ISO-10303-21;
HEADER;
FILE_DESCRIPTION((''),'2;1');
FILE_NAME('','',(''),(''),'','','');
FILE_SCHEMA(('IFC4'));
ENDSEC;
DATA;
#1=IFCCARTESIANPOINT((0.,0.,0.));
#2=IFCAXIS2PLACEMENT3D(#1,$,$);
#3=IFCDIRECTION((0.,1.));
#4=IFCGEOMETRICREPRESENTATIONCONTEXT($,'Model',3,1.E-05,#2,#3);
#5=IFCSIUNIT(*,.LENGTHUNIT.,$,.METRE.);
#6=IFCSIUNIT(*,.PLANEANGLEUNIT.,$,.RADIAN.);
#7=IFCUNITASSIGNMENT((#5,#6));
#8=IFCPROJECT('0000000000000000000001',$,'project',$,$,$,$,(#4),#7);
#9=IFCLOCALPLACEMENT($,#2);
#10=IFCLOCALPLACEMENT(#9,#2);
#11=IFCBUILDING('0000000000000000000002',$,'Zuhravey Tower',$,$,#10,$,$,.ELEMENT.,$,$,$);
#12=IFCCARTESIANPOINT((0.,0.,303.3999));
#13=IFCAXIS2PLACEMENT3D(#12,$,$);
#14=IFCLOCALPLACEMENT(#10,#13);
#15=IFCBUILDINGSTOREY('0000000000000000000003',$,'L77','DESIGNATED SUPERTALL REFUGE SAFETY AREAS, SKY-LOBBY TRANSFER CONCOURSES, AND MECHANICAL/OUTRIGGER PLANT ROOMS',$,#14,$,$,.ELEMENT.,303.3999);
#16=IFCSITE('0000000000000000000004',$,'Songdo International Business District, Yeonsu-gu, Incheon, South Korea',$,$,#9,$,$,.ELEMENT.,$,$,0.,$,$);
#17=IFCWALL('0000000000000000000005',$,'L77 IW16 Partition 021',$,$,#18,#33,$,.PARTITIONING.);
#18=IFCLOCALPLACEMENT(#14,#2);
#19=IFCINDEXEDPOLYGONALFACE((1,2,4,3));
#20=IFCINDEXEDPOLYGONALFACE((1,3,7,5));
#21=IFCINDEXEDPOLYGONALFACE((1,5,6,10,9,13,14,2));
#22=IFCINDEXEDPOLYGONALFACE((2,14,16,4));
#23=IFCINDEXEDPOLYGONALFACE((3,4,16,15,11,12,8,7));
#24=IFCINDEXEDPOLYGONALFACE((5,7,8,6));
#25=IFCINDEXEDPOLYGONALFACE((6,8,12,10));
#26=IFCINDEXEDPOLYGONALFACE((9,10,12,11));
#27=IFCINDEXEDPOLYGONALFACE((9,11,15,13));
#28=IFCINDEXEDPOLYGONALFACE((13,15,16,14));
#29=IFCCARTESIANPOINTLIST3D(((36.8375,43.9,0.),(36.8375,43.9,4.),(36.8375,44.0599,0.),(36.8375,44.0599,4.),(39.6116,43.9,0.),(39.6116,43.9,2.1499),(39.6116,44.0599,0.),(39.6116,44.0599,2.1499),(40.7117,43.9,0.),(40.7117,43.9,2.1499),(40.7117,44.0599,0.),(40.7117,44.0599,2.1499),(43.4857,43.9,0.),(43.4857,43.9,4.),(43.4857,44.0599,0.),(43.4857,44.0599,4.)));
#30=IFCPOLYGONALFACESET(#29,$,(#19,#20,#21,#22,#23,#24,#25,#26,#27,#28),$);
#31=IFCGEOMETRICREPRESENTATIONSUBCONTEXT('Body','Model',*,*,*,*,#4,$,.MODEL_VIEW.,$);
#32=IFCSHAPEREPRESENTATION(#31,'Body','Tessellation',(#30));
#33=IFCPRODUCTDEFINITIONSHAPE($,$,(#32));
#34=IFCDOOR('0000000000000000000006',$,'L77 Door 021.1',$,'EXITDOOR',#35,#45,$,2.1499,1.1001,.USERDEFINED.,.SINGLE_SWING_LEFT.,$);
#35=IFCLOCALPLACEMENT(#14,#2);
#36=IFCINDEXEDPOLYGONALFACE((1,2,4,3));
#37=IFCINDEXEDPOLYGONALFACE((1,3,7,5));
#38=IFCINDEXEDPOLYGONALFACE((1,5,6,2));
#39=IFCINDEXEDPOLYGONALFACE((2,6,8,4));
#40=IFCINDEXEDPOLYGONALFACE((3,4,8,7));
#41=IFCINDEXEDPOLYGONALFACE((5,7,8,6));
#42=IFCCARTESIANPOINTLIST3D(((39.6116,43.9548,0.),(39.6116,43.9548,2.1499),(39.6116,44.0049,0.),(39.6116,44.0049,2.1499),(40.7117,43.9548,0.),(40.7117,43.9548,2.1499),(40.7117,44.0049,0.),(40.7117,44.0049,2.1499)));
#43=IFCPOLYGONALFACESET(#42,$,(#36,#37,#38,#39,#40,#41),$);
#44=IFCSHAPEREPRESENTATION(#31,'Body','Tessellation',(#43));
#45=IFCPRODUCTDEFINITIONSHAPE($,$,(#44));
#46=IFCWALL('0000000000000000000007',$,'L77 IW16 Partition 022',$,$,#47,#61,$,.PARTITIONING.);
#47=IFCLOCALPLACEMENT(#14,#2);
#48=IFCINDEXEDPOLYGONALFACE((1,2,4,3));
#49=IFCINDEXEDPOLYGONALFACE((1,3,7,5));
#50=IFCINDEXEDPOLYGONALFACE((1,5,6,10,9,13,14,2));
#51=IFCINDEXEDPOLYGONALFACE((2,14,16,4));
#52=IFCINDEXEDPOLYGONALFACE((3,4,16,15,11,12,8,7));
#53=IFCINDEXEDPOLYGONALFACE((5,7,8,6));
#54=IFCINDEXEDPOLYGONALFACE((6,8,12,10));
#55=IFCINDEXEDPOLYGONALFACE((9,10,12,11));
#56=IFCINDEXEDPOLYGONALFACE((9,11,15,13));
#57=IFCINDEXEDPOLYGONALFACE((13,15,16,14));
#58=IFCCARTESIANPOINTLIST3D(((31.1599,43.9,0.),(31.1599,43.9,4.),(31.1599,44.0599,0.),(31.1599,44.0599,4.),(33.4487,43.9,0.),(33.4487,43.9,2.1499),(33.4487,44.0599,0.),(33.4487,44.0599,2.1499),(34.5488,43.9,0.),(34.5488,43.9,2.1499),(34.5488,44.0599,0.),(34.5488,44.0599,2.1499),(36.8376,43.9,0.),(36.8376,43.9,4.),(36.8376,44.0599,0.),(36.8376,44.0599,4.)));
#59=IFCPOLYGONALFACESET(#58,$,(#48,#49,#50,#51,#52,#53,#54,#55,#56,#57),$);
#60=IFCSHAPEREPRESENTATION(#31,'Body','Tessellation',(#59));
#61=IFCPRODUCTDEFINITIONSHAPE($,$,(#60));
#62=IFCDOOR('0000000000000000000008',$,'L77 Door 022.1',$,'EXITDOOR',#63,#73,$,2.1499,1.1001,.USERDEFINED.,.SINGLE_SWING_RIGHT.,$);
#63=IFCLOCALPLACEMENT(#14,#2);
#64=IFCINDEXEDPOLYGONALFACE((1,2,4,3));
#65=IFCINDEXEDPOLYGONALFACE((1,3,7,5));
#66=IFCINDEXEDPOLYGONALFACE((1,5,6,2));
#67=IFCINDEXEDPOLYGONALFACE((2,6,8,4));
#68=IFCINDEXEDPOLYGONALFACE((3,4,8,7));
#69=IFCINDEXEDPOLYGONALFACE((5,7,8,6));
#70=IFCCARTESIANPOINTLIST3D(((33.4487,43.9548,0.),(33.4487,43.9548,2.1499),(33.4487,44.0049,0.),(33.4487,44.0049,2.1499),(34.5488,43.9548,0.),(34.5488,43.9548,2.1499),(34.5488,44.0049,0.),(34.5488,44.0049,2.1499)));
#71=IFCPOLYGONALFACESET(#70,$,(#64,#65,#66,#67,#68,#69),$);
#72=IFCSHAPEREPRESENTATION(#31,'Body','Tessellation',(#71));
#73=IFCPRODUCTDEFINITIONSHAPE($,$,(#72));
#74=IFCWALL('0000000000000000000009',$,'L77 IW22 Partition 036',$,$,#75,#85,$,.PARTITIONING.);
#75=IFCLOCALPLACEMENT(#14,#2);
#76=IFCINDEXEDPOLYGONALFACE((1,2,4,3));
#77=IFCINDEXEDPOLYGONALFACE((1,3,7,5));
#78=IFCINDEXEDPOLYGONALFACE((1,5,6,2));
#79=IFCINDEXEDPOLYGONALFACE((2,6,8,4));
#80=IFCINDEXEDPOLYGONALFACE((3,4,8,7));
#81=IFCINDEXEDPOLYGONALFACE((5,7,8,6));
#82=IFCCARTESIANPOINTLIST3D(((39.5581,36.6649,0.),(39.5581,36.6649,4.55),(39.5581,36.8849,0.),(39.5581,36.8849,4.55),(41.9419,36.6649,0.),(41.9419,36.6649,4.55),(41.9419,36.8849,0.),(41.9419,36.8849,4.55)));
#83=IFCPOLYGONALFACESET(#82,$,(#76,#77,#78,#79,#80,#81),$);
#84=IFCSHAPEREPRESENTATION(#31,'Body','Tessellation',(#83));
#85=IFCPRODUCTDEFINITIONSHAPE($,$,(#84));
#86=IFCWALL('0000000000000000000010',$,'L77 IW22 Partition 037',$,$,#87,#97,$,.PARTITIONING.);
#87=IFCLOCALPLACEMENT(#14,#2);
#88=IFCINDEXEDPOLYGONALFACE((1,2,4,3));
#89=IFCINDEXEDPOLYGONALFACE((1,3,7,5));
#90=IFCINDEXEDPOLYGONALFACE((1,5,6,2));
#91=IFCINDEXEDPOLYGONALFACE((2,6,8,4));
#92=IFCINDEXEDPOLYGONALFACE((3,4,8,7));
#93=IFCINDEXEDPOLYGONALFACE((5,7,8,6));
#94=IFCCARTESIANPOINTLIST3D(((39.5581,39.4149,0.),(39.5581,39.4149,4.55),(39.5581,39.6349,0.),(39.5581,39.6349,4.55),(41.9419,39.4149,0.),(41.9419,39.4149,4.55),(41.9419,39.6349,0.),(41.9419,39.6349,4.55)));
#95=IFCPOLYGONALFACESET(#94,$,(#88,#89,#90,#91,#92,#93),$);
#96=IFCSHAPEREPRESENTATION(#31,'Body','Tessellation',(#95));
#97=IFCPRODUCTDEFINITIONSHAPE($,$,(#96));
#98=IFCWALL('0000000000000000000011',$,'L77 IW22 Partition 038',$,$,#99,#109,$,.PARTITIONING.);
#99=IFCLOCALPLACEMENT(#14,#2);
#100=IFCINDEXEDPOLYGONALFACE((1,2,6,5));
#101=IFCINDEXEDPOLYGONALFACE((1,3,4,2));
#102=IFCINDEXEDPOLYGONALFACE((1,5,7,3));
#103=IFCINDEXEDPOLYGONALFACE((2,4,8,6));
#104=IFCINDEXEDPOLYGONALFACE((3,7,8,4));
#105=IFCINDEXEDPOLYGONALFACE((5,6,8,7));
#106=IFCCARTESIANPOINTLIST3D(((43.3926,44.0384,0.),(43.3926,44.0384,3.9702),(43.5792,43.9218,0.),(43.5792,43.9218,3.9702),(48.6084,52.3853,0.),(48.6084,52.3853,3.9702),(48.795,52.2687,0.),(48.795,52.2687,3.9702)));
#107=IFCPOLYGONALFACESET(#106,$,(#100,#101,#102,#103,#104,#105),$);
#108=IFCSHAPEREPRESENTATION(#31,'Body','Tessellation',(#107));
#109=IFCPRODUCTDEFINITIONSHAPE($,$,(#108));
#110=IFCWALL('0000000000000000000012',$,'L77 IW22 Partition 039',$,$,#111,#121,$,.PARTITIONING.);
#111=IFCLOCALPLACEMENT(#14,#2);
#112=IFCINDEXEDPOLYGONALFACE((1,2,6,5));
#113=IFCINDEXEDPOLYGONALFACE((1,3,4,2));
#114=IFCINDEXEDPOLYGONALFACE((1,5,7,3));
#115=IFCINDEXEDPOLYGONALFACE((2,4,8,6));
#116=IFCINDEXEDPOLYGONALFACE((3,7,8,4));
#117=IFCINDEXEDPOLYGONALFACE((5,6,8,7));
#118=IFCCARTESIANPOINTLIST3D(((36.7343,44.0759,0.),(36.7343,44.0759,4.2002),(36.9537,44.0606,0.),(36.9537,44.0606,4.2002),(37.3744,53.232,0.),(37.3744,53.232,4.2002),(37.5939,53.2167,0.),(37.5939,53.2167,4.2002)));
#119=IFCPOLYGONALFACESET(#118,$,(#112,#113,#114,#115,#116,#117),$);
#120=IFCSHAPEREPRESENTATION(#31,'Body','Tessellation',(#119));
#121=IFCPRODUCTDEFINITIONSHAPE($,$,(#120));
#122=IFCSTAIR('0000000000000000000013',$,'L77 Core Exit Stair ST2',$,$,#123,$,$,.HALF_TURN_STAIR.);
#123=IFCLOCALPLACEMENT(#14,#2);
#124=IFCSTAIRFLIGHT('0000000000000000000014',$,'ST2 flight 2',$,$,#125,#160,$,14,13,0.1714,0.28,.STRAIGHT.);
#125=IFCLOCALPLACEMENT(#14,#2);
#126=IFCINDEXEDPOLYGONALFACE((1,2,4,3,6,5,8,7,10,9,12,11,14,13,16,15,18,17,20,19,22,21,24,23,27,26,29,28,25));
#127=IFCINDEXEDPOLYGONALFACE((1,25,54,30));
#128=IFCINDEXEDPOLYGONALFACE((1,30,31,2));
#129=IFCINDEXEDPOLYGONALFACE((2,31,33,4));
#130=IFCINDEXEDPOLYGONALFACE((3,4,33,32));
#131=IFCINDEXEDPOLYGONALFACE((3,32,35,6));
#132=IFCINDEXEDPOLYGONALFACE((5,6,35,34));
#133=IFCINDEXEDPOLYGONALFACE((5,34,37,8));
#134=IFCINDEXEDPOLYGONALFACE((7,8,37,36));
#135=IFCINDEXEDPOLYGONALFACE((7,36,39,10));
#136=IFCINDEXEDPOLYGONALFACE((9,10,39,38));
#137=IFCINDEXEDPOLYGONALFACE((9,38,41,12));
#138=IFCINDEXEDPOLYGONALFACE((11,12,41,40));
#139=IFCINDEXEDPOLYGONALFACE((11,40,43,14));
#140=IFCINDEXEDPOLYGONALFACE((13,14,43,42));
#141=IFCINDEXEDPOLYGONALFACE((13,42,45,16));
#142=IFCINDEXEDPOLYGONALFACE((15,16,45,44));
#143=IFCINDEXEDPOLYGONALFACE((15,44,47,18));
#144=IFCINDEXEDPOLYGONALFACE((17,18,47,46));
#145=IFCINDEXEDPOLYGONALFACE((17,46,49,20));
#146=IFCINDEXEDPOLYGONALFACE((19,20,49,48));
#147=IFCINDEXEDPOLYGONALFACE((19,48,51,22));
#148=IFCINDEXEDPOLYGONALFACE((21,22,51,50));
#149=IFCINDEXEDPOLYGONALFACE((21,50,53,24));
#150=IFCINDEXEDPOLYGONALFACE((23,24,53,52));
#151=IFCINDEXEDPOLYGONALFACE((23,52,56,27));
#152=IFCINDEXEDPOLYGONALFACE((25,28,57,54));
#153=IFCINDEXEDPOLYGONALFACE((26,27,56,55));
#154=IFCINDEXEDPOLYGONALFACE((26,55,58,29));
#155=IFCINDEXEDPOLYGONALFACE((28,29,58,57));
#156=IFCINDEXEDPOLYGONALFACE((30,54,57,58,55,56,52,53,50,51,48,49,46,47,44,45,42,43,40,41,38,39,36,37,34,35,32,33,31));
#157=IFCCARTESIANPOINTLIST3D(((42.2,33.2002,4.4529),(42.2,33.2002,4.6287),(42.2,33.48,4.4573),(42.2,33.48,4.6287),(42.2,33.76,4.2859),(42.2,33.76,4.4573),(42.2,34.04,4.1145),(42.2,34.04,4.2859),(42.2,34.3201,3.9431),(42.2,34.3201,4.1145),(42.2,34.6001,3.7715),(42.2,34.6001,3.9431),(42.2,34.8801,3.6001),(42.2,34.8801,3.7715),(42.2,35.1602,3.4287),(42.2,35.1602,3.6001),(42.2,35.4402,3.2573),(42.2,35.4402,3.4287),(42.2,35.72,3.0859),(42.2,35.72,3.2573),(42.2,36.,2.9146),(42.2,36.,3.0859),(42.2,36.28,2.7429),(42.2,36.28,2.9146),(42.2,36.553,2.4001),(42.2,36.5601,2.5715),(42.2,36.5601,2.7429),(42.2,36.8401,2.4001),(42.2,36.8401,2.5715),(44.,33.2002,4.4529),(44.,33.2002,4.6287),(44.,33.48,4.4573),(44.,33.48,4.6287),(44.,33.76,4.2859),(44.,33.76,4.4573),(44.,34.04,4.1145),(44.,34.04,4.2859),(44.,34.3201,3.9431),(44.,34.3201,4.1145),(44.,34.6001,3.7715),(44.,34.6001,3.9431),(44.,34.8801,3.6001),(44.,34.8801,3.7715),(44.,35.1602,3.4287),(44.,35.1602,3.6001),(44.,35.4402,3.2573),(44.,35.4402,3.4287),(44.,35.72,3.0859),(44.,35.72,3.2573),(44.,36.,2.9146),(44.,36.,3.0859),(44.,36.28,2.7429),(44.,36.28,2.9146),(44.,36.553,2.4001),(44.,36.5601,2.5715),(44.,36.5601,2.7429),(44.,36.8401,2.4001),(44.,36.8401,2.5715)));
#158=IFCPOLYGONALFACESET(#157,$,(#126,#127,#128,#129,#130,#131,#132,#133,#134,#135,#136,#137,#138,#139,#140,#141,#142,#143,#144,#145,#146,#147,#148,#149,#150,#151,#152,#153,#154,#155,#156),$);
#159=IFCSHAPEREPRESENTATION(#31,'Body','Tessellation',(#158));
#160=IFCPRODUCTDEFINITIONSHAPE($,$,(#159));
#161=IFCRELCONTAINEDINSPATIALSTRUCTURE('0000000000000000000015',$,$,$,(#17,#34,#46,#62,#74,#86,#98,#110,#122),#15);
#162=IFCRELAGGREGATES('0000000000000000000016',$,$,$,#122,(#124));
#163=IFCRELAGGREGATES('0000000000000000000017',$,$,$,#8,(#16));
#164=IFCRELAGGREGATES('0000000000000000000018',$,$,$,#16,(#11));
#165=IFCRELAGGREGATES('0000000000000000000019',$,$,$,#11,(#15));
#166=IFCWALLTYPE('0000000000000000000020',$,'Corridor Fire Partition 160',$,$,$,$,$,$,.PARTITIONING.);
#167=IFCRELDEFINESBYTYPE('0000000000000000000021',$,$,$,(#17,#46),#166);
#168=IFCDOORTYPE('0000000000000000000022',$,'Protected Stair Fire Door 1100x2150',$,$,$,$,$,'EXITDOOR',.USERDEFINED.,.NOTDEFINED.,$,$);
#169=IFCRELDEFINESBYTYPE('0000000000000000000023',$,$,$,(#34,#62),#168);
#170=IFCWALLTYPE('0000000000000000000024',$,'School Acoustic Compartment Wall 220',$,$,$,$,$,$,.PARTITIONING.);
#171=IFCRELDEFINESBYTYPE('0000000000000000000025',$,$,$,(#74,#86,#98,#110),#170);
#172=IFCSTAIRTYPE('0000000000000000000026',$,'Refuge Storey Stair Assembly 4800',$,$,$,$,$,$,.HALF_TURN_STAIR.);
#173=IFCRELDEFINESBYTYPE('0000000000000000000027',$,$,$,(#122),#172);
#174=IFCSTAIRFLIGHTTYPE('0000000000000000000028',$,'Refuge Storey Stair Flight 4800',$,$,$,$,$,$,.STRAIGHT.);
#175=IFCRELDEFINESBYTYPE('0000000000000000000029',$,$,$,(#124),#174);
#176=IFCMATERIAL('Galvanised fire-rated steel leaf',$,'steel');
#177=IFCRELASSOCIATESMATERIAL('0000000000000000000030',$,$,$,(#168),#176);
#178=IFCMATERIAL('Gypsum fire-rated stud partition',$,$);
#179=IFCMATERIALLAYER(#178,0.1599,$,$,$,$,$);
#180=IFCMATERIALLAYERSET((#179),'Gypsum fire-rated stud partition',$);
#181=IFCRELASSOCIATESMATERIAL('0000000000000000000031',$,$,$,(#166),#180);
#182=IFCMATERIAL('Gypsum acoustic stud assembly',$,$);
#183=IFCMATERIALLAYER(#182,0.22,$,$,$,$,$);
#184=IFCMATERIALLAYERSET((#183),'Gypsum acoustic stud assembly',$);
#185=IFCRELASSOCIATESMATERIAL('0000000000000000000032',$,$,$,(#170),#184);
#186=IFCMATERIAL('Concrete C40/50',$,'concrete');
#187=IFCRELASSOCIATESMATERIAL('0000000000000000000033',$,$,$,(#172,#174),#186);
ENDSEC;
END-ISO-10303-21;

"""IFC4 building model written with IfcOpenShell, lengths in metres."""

from ifc_helpers import new_model, si_unit, direction, frame, frame_2d, origin, place, context, subcontext, project, spatial, polyline, rectangle, outline, extrude, material, layer, layer_set, type_object, element, fill, aggregate, save


model = new_model("IFC4")

# Units and contexts
model_context = context("Model", 3, precision=1e-05, world=origin(), true_north=direction((0.0, 1.0)))
body_context = subcontext(model_context, "Body", "Model", "MODEL_VIEW")
ifc_project = project(units=[si_unit("LENGTHUNIT", "METRE"), si_unit("PLANEANGLEUNIT", "RADIAN")], contexts=[model_context])

# Site, building, storey
site_placement = place(None, origin())
site = spatial("IfcSite", under=ifc_project, at=site_placement, Name="Songdo International Business District, Yeonsu-gu, Incheon, South Korea", CompositionType="ELEMENT", RefElevation=0.0)
building_placement = place(site_placement, origin())
building = spatial("IfcBuilding", under=site, at=building_placement, Name="Zuhravey Tower", CompositionType="ELEMENT")
storey_placement = place(building_placement, frame((0.0, 0.0, 303.3999)))
storey = spatial("IfcBuildingStorey", under=building, at=storey_placement, Name="L77", Description="DESIGNATED SUPERTALL REFUGE SAFETY AREAS, SKY-LOBBY TRANSFER CONCOURSES, AND MECHANICAL/OUTRIGGER PLANT ROOMS", CompositionType="ELEMENT", Elevation=303.3999)

# Walls, openings, doors
ifc_material_1 = material(Name="Galvanised fire-rated steel leaf", Category="steel")
door_type_1 = type_object("IfcDoorType", Name="Protected Stair Fire Door 1100x2150", ElementType="EXITDOOR", OperationType="NOTDEFINED", PredefinedType="USERDEFINED", material=ifc_material_1)
ifc_material_2 = material(Name="Gypsum fire-rated stud partition")
ifc_layer_1 = layer(ifc_material_2, 0.1599)
ifc_layer_set_1 = layer_set([ifc_layer_1], Name="Gypsum fire-rated stud partition")
wall_type_1 = type_object("IfcWallType", Name="Corridor Fire Partition 160", PredefinedType="PARTITIONING", material=ifc_layer_set_1)
wall_1_placement = place(storey_placement, frame((43.4858, 43.98, 0.0), z_axis=(0.0, 0.0, 1.0), x_axis=(-1.0, 0.0, 0.0)))
wall_1 = element("IfcWall", 1, at=wall_1_placement, inside=storey, type_object=wall_type_1, Name="L77 IW16 Partition 021", PredefinedType="PARTITIONING", context=body_context, shape_type="SweptSolid", body=[
    extrude(rectangle(XDim=6.6482, YDim=0.1599, at=frame_2d((3.3242, 0.0))), origin(), (0.0, 0.0, 1.0), 4.0),
])
opening_1_placement = place(wall_1_placement, frame((2.7742, 0.0, 0.0)))
opening_1 = element("IfcOpeningElement", 2, at=opening_1_placement, cuts=wall_1, PredefinedType="OPENING", context=body_context, shape_type="SweptSolid", body=[
    extrude(rectangle(XDim=1.1001, YDim=2.1499, at=frame_2d((0.55, 1.075))), frame((0.0, 0.092, 0.0), z_axis=(0.0, -1.0, 0.0), x_axis=(1.0, 0.0, 0.0)), (0.0, 0.0, 1.0), 0.1838),
])
door_1_placement = place(opening_1_placement, frame((1.1001, 0.0, 0.0), z_axis=(0.0, 0.0, 1.0), x_axis=(-1.0, 0.0, 0.0)))
door_1 = element("IfcDoor", 3, at=door_1_placement, inside=storey, type_object=door_type_1, Name="L77 Door 021.1", ObjectType="EXITDOOR", OperationType="SINGLE_SWING_LEFT", OverallHeight=2.1499, OverallWidth=1.1001, PredefinedType="USERDEFINED", context=body_context, shape_type="SweptSolid", body=[
    extrude(rectangle(XDim=1.1001, YDim=2.1499, at=frame_2d((0.55, 1.075))), frame((0.0, 0.0249, 0.0), z_axis=(0.0, -1.0, 0.0), x_axis=(1.0, 0.0, 0.0)), (0.0, 0.0, 1.0), 0.05),
])
fill(opening_1, door_1)
wall_2_placement = place(storey_placement, frame((36.8376, 43.98, 0.0), z_axis=(0.0, 0.0, 1.0), x_axis=(-1.0, 0.0, 0.0)))
wall_2 = element("IfcWall", 4, at=wall_2_placement, inside=storey, type_object=wall_type_1, Name="L77 IW16 Partition 022", PredefinedType="PARTITIONING", context=body_context, shape_type="SweptSolid", body=[
    extrude(rectangle(XDim=5.6777, YDim=0.1599, at=frame_2d((2.8389, 0.0))), origin(), (0.0, 0.0, 1.0), 4.0),
])
opening_2_placement = place(wall_2_placement, frame((2.2888, 0.0, 0.0)))
opening_2 = element("IfcOpeningElement", 5, at=opening_2_placement, cuts=wall_2, PredefinedType="OPENING", context=body_context, shape_type="SweptSolid", body=[
    extrude(rectangle(XDim=1.1001, YDim=2.1499, at=frame_2d((0.55, 1.075))), frame((0.0, 0.092, 0.0), z_axis=(0.0, -1.0, 0.0), x_axis=(1.0, 0.0, 0.0)), (0.0, 0.0, 1.0), 0.1838),
])
door_2_placement = place(opening_2_placement, frame((1.1001, 0.0, 0.0), z_axis=(0.0, 0.0, 1.0), x_axis=(-1.0, 0.0, 0.0)))
door_2 = element("IfcDoor", 6, at=door_2_placement, inside=storey, type_object=door_type_1, Name="L77 Door 022.1", ObjectType="EXITDOOR", OperationType="SINGLE_SWING_RIGHT", OverallHeight=2.1499, OverallWidth=1.1001, PredefinedType="USERDEFINED", context=body_context, shape_type="SweptSolid", body=[
    extrude(rectangle(XDim=1.1001, YDim=2.1499, at=frame_2d((0.55, 1.075))), frame((0.0, 0.0249, 0.0), z_axis=(0.0, -1.0, 0.0), x_axis=(1.0, 0.0, 0.0)), (0.0, 0.0, 1.0), 0.05),
])
fill(opening_2, door_2)

# Walls
ifc_material_3 = material(Name="Gypsum acoustic stud assembly")
ifc_layer_2 = layer(ifc_material_3, 0.22)
ifc_layer_set_2 = layer_set([ifc_layer_2], Name="Gypsum acoustic stud assembly")
wall_type_2 = type_object("IfcWallType", Name="School Acoustic Compartment Wall 220", PredefinedType="PARTITIONING", material=ifc_layer_set_2)
for number, where, z_axis, x_axis, name in (
    (7, (39.5581, 36.7749, 0.0), (0.0, 0.0, 1.0), (1.0, 0.0, 0.0), "L77 IW22 Partition 036"),
    (8, (39.5581, 39.5249, 0.0), (0.0, 0.0, 1.0), (1.0, 0.0, 0.0), "L77 IW22 Partition 037"),
):
    element("IfcWall", number, at=place(storey_placement, frame(where, z_axis=z_axis, x_axis=x_axis)), inside=storey, type_object=wall_type_2, Name=name, PredefinedType="PARTITIONING", context=body_context, shape_type="SweptSolid", body=[
        extrude(rectangle(XDim=2.3838, YDim=0.22, at=frame_2d((1.1919, 0.0))), origin(), (0.0, 0.0, 1.0), 4.55),
    ])
wall_3_placement = place(storey_placement, frame((43.4858, 43.98, 0.0), z_axis=(0.0, 0.0, 1.0), x_axis=(0.529925, 0.848044, 0.0)))
element("IfcWall", 9, at=wall_3_placement, inside=storey, type_object=wall_type_2, Name="L77 IW22 Partition 038", PredefinedType="PARTITIONING", context=body_context, shape_type="SweptSolid", body=[
    extrude(rectangle(XDim=9.8425, YDim=0.22, at=frame_2d((4.9214, 0.0))), origin(), (0.0, 0.0, 1.0), 3.9702),
])
wall_4_placement = place(storey_placement, frame((36.844, 44.0681, 0.0), z_axis=(0.0, 0.0, 1.0), x_axis=(0.069744, 0.997565, 0.0)))
element("IfcWall", 10, at=wall_4_placement, inside=storey, type_object=wall_type_2, Name="L77 IW22 Partition 039", PredefinedType="PARTITIONING", context=body_context, shape_type="SweptSolid", body=[
    extrude(rectangle(XDim=9.1785, YDim=0.22, at=frame_2d((4.5894, 0.0))), origin(), (0.0, 0.0, 1.0), 4.2002),
])

# Stair, stair flight
ifc_material_4 = material(Name="Concrete C40/50", Category="concrete")
stair_type = type_object("IfcStairType", Name="Refuge Storey Stair Assembly 4800", PredefinedType="HALF_TURN_STAIR", material=ifc_material_4)
stair_placement = place(storey_placement, origin())
stair = element("IfcStair", 11, at=stair_placement, inside=storey, type_object=stair_type, Name="L77 Core Exit Stair ST2", PredefinedType="HALF_TURN_STAIR")
stair_flight_type = type_object("IfcStairFlightType", Name="Refuge Storey Stair Flight 4800", PredefinedType="STRAIGHT", material=ifc_material_4)
stair_flight_placement = place(storey_placement, frame((43.1001, 36.8401, 2.4001), z_axis=(0.0, 0.0, 1.0), x_axis=(0.0, -1.0, 0.0)))
stair_flight = element("IfcStairFlight", 12, at=stair_flight_placement, type_object=stair_flight_type, Name="ST2 flight 2", NumberOfRisers=14, NumberOfTreads=13, PredefinedType="STRAIGHT", RiserHeight=0.1714, TreadLength=0.28, context=body_context, shape_type="SweptSolid", body=[
    extrude(outline(polyline([(0.0, 0.0), (0.0, 0.1714), (0.28, 0.1714), (0.28, 0.3428), (0.5601, 0.3428), (0.5601, 0.5144), (0.8401, 0.5144), (0.8401, 0.6858), (1.1201, 0.6858), (1.1201, 0.8572), (1.3999, 0.8572), (1.3999, 1.0286), (1.6799, 1.0286), (1.6799, 1.2), (1.96, 1.2), (1.96, 1.3713), (2.24, 1.3713), (2.24, 1.543), (2.52, 1.543), (2.52, 1.7144), (2.8, 1.7144), (2.8, 1.8857), (3.0801, 1.8857), (3.0801, 2.0571), (3.3601, 2.0571), (3.3601, 2.2285), (3.6399, 2.2285), (3.6399, 2.3999), (3.6399, 2.0527), (0.2871, 0.0), (0.0, 0.0)])), frame((0.0, 0.8999, 0.0), z_axis=(0.0, -1.0, 0.0), x_axis=(1.0, 0.0, 0.0)), (0.0, 0.0, 1.0), 1.8),
])
aggregate(stair, [stair_flight])

save(model, "model.ifc")
